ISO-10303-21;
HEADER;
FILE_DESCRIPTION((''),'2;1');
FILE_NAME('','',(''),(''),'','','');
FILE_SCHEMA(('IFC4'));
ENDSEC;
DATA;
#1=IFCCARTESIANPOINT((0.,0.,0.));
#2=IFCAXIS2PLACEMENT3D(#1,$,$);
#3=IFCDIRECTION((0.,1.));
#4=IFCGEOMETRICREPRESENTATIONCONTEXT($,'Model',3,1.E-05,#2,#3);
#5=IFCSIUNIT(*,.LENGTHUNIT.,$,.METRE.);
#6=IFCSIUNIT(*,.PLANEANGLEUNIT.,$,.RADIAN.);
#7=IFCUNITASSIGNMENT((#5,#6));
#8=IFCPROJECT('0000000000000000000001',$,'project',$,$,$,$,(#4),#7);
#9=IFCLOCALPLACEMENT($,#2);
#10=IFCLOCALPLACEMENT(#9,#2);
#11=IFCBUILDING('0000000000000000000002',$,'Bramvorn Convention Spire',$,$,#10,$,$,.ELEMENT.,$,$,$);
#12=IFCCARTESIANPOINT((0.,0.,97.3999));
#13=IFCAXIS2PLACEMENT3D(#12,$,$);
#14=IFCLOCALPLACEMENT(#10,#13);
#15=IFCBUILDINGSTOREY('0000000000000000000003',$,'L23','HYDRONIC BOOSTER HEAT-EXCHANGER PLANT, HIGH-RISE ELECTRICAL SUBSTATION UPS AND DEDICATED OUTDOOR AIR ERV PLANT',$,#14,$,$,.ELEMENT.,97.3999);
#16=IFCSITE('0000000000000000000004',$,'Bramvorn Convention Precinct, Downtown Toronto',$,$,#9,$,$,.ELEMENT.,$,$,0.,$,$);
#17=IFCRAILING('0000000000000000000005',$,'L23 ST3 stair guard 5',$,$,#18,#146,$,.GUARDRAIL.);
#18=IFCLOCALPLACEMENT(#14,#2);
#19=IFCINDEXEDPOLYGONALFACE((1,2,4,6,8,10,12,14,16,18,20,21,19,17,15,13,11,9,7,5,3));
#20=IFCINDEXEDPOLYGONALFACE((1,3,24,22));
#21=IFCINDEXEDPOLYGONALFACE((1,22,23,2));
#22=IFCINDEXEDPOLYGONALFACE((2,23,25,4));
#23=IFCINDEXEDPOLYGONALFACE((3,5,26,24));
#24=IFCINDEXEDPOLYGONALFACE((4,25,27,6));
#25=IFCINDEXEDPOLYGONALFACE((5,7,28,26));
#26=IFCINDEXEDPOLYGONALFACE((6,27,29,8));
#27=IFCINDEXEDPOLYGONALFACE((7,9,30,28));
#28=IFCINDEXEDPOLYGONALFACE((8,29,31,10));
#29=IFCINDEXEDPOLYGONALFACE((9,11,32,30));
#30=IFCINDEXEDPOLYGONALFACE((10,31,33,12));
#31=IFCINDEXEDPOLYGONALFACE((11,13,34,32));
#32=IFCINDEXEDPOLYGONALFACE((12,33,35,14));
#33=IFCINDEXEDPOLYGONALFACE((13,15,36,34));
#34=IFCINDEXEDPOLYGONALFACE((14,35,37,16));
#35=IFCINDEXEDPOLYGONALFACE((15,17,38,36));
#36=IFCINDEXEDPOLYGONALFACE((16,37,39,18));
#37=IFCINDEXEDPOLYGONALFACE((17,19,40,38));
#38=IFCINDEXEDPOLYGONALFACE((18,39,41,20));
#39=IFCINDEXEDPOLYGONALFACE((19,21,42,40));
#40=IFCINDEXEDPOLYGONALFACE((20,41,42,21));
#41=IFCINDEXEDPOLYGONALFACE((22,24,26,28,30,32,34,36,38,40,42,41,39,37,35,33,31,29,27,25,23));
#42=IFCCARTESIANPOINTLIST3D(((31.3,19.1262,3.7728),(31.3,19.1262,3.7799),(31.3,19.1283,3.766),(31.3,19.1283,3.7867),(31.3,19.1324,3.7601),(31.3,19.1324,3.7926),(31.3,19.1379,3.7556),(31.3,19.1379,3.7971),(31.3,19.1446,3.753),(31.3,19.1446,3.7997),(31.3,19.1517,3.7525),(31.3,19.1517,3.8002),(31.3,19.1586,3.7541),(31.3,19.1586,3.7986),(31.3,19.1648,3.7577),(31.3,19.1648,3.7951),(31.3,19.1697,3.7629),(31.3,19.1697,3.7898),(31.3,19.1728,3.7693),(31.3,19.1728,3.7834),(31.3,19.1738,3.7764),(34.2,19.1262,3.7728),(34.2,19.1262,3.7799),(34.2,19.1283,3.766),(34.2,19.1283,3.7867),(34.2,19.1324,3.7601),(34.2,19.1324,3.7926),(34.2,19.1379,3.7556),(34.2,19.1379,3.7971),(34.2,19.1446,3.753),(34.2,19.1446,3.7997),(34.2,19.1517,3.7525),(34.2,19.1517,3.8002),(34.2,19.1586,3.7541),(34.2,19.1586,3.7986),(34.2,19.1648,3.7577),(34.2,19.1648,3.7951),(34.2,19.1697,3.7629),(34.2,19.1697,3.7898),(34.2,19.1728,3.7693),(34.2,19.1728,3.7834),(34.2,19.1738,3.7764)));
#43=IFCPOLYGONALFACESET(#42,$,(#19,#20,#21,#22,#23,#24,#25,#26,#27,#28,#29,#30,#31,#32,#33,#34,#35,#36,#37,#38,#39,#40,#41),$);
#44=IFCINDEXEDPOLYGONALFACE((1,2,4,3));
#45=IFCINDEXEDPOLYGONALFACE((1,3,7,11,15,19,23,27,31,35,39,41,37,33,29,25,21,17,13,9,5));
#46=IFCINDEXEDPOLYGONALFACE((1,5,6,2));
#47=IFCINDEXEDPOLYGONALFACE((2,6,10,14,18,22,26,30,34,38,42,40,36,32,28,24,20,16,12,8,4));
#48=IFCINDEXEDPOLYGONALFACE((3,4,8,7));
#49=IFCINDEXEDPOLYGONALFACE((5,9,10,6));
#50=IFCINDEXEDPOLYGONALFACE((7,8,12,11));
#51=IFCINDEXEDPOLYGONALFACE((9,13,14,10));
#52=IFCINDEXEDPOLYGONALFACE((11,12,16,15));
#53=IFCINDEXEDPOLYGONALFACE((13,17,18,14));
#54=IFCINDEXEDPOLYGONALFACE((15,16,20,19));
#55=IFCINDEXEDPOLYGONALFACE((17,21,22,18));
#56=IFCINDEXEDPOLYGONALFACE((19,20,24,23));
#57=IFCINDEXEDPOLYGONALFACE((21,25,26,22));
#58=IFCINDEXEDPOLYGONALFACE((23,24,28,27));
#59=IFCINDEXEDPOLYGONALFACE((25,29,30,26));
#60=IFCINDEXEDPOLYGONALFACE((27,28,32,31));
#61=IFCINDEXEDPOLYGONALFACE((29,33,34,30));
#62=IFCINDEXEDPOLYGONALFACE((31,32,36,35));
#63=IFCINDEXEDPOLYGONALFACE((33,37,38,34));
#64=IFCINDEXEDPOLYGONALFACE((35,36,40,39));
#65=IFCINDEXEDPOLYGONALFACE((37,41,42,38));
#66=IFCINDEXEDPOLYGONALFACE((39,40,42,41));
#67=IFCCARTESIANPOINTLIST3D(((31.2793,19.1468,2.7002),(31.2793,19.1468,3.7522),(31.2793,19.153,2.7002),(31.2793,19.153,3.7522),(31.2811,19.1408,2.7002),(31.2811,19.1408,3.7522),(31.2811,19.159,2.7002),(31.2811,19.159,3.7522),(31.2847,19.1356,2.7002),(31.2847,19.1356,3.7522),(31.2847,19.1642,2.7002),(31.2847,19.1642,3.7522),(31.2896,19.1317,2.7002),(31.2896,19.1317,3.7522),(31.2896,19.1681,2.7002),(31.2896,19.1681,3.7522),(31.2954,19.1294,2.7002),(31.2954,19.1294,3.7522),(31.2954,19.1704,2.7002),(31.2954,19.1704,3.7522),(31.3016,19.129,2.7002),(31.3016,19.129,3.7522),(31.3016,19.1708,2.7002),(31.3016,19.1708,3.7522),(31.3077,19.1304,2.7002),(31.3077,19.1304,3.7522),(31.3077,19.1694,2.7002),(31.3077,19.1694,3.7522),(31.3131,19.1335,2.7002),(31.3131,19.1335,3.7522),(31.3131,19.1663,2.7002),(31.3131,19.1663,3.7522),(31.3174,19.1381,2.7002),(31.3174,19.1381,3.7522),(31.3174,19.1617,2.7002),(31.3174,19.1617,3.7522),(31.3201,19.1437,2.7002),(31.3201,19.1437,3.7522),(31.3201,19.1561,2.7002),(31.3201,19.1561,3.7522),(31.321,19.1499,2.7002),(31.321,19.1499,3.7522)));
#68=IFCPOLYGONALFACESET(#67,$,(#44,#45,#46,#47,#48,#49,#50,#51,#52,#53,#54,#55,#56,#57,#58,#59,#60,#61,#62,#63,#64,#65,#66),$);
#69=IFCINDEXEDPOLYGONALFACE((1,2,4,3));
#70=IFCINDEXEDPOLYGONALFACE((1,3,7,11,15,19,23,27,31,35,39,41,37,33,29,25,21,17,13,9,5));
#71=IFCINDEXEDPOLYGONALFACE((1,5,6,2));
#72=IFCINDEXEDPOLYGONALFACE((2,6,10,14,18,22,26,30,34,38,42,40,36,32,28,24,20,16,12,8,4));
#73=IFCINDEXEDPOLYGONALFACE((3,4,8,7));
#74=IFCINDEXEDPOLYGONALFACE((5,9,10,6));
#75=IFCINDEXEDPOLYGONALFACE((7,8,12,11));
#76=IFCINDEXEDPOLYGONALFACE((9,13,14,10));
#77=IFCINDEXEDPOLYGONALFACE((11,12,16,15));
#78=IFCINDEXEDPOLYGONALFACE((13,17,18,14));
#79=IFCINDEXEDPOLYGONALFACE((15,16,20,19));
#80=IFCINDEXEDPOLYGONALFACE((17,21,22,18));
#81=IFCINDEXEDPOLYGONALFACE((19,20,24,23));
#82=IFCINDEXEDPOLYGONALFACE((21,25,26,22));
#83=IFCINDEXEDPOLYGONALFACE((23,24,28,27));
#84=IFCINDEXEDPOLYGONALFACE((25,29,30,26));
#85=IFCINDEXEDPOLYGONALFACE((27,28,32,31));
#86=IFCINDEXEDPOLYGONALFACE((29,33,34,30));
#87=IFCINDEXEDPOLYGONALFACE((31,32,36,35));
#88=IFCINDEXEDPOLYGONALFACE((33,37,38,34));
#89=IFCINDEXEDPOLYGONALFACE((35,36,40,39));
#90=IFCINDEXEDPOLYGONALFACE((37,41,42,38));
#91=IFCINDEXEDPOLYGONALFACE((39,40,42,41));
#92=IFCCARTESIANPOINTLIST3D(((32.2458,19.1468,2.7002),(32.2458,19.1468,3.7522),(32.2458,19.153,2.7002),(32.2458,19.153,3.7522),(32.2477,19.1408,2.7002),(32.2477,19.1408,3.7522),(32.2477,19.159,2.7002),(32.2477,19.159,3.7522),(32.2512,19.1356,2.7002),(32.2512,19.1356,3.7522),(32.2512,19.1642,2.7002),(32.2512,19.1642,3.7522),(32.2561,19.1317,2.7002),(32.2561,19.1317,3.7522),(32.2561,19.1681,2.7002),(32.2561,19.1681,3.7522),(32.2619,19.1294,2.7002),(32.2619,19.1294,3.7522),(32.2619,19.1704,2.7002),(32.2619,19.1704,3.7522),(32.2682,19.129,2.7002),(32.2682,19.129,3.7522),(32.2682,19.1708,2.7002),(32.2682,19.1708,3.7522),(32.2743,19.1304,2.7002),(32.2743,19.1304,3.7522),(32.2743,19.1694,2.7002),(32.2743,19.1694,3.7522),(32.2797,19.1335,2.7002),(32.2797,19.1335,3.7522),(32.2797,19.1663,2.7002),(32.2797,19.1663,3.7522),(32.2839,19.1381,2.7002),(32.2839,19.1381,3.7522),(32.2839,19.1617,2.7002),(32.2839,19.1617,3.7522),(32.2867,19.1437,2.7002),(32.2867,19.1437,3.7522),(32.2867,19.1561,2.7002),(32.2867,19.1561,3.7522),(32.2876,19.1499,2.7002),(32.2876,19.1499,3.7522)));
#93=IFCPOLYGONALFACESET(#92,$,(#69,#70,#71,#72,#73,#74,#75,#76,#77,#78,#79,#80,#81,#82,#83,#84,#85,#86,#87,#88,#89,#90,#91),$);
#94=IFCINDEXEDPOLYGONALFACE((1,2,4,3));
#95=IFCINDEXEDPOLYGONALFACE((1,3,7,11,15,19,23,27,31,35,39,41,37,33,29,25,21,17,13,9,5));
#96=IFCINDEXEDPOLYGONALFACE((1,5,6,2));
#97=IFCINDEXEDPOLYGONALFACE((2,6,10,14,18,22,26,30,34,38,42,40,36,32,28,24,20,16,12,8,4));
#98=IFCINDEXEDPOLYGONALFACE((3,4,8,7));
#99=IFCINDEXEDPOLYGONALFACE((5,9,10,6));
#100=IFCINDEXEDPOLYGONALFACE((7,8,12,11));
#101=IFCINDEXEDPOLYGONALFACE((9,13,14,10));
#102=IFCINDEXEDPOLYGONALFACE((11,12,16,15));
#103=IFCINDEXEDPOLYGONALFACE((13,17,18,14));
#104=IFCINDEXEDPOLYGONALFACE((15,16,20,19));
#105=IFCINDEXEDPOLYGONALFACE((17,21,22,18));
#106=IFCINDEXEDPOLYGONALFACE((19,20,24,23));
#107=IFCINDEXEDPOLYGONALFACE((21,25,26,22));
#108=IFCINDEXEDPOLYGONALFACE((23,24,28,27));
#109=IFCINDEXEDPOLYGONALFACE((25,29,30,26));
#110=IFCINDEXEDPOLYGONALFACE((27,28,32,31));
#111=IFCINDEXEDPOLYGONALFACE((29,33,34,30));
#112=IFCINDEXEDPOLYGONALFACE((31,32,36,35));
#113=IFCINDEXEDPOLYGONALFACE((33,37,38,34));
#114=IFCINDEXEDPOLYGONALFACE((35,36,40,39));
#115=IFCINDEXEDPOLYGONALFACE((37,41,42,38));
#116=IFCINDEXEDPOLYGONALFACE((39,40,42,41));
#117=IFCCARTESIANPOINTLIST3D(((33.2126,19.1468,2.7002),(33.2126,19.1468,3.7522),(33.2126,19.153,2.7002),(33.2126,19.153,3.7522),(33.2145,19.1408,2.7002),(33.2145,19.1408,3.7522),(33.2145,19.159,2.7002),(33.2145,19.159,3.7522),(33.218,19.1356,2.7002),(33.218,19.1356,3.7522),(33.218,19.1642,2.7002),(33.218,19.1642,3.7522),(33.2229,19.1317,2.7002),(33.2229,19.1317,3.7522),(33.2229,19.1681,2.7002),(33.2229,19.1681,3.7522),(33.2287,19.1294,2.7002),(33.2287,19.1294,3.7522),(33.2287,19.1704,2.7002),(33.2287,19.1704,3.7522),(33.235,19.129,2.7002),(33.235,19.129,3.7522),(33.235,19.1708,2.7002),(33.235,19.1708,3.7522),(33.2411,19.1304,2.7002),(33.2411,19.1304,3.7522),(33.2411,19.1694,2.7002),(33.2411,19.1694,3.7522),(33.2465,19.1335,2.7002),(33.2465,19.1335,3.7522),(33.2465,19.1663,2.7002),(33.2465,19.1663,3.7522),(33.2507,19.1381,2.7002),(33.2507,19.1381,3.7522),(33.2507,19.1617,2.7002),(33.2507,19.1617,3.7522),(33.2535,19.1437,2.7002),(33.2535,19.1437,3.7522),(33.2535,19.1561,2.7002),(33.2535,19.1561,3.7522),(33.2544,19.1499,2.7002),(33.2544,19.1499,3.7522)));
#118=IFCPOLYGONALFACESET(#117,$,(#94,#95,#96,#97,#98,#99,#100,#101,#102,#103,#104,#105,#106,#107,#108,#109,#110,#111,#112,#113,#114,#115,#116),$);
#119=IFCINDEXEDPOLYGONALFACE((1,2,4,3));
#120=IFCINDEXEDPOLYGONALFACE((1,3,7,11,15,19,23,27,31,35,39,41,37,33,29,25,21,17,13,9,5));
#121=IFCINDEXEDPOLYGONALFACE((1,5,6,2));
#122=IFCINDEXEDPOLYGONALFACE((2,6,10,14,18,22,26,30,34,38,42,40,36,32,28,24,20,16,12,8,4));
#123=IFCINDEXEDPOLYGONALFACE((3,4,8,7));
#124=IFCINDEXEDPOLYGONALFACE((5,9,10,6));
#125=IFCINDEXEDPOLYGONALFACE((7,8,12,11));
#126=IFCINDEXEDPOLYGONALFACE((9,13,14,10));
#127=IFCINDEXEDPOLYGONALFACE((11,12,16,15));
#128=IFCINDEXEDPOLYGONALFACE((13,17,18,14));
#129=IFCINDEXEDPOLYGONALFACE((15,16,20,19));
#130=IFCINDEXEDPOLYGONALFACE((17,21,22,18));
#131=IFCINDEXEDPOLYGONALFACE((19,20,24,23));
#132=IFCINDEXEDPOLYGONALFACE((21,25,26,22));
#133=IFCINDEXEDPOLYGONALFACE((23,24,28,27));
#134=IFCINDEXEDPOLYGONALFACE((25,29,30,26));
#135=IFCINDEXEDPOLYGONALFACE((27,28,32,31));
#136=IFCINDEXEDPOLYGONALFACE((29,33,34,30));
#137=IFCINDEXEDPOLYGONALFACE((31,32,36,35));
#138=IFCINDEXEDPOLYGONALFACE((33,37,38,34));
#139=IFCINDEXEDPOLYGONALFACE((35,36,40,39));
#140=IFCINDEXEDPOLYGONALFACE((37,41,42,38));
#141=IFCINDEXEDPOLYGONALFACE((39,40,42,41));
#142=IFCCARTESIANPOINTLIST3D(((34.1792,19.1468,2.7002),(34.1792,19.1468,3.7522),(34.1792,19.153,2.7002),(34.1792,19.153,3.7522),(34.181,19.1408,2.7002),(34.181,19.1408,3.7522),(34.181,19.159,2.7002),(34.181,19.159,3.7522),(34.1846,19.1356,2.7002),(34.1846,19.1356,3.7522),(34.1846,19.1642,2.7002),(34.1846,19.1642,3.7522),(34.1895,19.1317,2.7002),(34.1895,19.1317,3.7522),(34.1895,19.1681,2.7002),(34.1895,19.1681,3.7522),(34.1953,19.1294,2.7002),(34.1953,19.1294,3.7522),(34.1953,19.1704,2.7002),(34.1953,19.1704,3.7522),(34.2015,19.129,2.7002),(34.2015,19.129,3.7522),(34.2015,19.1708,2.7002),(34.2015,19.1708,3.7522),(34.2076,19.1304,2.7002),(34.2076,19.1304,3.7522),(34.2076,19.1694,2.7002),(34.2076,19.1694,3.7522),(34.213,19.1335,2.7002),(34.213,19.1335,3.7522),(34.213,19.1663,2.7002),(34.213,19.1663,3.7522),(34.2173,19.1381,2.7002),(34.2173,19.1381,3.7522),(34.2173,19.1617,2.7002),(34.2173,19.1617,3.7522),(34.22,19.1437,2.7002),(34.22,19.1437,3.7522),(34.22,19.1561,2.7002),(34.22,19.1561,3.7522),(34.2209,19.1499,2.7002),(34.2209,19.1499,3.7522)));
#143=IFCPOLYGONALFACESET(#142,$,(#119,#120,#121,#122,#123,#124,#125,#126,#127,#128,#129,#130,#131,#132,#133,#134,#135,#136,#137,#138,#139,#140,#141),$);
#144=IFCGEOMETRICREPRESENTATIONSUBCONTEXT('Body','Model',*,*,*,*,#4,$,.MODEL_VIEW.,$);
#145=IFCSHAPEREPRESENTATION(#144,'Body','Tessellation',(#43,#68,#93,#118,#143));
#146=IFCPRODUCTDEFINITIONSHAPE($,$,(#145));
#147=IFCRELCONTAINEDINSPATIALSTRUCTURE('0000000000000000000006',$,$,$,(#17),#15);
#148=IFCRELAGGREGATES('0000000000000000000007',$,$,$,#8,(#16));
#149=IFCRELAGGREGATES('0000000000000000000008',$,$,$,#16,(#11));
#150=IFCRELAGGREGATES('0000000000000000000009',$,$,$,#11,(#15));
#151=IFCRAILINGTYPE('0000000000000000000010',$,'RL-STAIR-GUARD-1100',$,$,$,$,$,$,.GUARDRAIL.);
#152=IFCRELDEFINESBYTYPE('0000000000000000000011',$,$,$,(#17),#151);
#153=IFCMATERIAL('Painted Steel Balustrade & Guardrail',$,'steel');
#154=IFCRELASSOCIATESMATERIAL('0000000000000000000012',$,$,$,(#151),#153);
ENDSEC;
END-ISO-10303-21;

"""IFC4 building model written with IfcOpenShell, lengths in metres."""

from ifc_helpers import new_model, si_unit, direction, frame, origin, origin_2d, place, context, subcontext, project, spatial, circle, extrude, material, type_object, element, save


model = new_model("IFC4")

# Units and contexts
model_context = context("Model", 3, precision=1e-05, world=origin(), true_north=direction((0.0, 1.0)))
body_context = subcontext(model_context, "Body", "Model", "MODEL_VIEW")
ifc_project = project(units=[si_unit("LENGTHUNIT", "METRE"), si_unit("PLANEANGLEUNIT", "RADIAN")], contexts=[model_context])

# Site, building, storey
site_placement = place(None, origin())
site = spatial("IfcSite", under=ifc_project, at=site_placement, Name="Bramvorn Convention Precinct, Downtown Toronto", CompositionType="ELEMENT", RefElevation=0.0)
building_placement = place(site_placement, origin())
building = spatial("IfcBuilding", under=site, at=building_placement, Name="Bramvorn Convention Spire", CompositionType="ELEMENT")
storey_placement = place(building_placement, frame((0.0, 0.0, 97.3999)))
storey = spatial("IfcBuildingStorey", under=building, at=storey_placement, Name="L23", Description="HYDRONIC BOOSTER HEAT-EXCHANGER PLANT, HIGH-RISE ELECTRICAL SUBSTATION UPS AND DEDICATED OUTDOOR AIR ERV PLANT", CompositionType="ELEMENT", Elevation=97.3999)

# Railing
ifc_material_1 = material(Name="Painted Steel Balustrade & Guardrail", Category="steel")
railing_type = type_object("IfcRailingType", Name="RL-STAIR-GUARD-1100", PredefinedType="GUARDRAIL", material=ifc_material_1)
railing_1_placement = place(storey_placement, frame((31.3, 19.1499, 2.7002)))
element("IfcRailing", 1, at=railing_1_placement, inside=storey, type_object=railing_type, Name="L23 ST3 stair guard 5", PredefinedType="GUARDRAIL", context=body_context, shape_type="SweptSolid", body=[
    extrude(circle(Radius=0.0239, at=origin_2d()), frame((0.0, 0.0, 1.0762), z_axis=(1.0, 0.0, 0.0), x_axis=(0.0, 1.0, 0.0)), (0.0, 0.0, 1.0), 2.8999),
    extrude(circle(Radius=0.021, at=origin_2d()), origin(), (0.0, 0.0, 1.0), 1.052),
    extrude(circle(Radius=0.021, at=origin_2d()), frame((0.9666, 0.0, 0.0)), (0.0, 0.0, 1.0), 1.052),
    extrude(circle(Radius=0.021, at=origin_2d()), frame((1.9333, 0.0, 0.0)), (0.0, 0.0, 1.0), 1.052),
    extrude(circle(Radius=0.021, at=origin_2d()), frame((2.8999, 0.0, 0.0)), (0.0, 0.0, 1.0), 1.052),
])

save(model, "model.ifc")
